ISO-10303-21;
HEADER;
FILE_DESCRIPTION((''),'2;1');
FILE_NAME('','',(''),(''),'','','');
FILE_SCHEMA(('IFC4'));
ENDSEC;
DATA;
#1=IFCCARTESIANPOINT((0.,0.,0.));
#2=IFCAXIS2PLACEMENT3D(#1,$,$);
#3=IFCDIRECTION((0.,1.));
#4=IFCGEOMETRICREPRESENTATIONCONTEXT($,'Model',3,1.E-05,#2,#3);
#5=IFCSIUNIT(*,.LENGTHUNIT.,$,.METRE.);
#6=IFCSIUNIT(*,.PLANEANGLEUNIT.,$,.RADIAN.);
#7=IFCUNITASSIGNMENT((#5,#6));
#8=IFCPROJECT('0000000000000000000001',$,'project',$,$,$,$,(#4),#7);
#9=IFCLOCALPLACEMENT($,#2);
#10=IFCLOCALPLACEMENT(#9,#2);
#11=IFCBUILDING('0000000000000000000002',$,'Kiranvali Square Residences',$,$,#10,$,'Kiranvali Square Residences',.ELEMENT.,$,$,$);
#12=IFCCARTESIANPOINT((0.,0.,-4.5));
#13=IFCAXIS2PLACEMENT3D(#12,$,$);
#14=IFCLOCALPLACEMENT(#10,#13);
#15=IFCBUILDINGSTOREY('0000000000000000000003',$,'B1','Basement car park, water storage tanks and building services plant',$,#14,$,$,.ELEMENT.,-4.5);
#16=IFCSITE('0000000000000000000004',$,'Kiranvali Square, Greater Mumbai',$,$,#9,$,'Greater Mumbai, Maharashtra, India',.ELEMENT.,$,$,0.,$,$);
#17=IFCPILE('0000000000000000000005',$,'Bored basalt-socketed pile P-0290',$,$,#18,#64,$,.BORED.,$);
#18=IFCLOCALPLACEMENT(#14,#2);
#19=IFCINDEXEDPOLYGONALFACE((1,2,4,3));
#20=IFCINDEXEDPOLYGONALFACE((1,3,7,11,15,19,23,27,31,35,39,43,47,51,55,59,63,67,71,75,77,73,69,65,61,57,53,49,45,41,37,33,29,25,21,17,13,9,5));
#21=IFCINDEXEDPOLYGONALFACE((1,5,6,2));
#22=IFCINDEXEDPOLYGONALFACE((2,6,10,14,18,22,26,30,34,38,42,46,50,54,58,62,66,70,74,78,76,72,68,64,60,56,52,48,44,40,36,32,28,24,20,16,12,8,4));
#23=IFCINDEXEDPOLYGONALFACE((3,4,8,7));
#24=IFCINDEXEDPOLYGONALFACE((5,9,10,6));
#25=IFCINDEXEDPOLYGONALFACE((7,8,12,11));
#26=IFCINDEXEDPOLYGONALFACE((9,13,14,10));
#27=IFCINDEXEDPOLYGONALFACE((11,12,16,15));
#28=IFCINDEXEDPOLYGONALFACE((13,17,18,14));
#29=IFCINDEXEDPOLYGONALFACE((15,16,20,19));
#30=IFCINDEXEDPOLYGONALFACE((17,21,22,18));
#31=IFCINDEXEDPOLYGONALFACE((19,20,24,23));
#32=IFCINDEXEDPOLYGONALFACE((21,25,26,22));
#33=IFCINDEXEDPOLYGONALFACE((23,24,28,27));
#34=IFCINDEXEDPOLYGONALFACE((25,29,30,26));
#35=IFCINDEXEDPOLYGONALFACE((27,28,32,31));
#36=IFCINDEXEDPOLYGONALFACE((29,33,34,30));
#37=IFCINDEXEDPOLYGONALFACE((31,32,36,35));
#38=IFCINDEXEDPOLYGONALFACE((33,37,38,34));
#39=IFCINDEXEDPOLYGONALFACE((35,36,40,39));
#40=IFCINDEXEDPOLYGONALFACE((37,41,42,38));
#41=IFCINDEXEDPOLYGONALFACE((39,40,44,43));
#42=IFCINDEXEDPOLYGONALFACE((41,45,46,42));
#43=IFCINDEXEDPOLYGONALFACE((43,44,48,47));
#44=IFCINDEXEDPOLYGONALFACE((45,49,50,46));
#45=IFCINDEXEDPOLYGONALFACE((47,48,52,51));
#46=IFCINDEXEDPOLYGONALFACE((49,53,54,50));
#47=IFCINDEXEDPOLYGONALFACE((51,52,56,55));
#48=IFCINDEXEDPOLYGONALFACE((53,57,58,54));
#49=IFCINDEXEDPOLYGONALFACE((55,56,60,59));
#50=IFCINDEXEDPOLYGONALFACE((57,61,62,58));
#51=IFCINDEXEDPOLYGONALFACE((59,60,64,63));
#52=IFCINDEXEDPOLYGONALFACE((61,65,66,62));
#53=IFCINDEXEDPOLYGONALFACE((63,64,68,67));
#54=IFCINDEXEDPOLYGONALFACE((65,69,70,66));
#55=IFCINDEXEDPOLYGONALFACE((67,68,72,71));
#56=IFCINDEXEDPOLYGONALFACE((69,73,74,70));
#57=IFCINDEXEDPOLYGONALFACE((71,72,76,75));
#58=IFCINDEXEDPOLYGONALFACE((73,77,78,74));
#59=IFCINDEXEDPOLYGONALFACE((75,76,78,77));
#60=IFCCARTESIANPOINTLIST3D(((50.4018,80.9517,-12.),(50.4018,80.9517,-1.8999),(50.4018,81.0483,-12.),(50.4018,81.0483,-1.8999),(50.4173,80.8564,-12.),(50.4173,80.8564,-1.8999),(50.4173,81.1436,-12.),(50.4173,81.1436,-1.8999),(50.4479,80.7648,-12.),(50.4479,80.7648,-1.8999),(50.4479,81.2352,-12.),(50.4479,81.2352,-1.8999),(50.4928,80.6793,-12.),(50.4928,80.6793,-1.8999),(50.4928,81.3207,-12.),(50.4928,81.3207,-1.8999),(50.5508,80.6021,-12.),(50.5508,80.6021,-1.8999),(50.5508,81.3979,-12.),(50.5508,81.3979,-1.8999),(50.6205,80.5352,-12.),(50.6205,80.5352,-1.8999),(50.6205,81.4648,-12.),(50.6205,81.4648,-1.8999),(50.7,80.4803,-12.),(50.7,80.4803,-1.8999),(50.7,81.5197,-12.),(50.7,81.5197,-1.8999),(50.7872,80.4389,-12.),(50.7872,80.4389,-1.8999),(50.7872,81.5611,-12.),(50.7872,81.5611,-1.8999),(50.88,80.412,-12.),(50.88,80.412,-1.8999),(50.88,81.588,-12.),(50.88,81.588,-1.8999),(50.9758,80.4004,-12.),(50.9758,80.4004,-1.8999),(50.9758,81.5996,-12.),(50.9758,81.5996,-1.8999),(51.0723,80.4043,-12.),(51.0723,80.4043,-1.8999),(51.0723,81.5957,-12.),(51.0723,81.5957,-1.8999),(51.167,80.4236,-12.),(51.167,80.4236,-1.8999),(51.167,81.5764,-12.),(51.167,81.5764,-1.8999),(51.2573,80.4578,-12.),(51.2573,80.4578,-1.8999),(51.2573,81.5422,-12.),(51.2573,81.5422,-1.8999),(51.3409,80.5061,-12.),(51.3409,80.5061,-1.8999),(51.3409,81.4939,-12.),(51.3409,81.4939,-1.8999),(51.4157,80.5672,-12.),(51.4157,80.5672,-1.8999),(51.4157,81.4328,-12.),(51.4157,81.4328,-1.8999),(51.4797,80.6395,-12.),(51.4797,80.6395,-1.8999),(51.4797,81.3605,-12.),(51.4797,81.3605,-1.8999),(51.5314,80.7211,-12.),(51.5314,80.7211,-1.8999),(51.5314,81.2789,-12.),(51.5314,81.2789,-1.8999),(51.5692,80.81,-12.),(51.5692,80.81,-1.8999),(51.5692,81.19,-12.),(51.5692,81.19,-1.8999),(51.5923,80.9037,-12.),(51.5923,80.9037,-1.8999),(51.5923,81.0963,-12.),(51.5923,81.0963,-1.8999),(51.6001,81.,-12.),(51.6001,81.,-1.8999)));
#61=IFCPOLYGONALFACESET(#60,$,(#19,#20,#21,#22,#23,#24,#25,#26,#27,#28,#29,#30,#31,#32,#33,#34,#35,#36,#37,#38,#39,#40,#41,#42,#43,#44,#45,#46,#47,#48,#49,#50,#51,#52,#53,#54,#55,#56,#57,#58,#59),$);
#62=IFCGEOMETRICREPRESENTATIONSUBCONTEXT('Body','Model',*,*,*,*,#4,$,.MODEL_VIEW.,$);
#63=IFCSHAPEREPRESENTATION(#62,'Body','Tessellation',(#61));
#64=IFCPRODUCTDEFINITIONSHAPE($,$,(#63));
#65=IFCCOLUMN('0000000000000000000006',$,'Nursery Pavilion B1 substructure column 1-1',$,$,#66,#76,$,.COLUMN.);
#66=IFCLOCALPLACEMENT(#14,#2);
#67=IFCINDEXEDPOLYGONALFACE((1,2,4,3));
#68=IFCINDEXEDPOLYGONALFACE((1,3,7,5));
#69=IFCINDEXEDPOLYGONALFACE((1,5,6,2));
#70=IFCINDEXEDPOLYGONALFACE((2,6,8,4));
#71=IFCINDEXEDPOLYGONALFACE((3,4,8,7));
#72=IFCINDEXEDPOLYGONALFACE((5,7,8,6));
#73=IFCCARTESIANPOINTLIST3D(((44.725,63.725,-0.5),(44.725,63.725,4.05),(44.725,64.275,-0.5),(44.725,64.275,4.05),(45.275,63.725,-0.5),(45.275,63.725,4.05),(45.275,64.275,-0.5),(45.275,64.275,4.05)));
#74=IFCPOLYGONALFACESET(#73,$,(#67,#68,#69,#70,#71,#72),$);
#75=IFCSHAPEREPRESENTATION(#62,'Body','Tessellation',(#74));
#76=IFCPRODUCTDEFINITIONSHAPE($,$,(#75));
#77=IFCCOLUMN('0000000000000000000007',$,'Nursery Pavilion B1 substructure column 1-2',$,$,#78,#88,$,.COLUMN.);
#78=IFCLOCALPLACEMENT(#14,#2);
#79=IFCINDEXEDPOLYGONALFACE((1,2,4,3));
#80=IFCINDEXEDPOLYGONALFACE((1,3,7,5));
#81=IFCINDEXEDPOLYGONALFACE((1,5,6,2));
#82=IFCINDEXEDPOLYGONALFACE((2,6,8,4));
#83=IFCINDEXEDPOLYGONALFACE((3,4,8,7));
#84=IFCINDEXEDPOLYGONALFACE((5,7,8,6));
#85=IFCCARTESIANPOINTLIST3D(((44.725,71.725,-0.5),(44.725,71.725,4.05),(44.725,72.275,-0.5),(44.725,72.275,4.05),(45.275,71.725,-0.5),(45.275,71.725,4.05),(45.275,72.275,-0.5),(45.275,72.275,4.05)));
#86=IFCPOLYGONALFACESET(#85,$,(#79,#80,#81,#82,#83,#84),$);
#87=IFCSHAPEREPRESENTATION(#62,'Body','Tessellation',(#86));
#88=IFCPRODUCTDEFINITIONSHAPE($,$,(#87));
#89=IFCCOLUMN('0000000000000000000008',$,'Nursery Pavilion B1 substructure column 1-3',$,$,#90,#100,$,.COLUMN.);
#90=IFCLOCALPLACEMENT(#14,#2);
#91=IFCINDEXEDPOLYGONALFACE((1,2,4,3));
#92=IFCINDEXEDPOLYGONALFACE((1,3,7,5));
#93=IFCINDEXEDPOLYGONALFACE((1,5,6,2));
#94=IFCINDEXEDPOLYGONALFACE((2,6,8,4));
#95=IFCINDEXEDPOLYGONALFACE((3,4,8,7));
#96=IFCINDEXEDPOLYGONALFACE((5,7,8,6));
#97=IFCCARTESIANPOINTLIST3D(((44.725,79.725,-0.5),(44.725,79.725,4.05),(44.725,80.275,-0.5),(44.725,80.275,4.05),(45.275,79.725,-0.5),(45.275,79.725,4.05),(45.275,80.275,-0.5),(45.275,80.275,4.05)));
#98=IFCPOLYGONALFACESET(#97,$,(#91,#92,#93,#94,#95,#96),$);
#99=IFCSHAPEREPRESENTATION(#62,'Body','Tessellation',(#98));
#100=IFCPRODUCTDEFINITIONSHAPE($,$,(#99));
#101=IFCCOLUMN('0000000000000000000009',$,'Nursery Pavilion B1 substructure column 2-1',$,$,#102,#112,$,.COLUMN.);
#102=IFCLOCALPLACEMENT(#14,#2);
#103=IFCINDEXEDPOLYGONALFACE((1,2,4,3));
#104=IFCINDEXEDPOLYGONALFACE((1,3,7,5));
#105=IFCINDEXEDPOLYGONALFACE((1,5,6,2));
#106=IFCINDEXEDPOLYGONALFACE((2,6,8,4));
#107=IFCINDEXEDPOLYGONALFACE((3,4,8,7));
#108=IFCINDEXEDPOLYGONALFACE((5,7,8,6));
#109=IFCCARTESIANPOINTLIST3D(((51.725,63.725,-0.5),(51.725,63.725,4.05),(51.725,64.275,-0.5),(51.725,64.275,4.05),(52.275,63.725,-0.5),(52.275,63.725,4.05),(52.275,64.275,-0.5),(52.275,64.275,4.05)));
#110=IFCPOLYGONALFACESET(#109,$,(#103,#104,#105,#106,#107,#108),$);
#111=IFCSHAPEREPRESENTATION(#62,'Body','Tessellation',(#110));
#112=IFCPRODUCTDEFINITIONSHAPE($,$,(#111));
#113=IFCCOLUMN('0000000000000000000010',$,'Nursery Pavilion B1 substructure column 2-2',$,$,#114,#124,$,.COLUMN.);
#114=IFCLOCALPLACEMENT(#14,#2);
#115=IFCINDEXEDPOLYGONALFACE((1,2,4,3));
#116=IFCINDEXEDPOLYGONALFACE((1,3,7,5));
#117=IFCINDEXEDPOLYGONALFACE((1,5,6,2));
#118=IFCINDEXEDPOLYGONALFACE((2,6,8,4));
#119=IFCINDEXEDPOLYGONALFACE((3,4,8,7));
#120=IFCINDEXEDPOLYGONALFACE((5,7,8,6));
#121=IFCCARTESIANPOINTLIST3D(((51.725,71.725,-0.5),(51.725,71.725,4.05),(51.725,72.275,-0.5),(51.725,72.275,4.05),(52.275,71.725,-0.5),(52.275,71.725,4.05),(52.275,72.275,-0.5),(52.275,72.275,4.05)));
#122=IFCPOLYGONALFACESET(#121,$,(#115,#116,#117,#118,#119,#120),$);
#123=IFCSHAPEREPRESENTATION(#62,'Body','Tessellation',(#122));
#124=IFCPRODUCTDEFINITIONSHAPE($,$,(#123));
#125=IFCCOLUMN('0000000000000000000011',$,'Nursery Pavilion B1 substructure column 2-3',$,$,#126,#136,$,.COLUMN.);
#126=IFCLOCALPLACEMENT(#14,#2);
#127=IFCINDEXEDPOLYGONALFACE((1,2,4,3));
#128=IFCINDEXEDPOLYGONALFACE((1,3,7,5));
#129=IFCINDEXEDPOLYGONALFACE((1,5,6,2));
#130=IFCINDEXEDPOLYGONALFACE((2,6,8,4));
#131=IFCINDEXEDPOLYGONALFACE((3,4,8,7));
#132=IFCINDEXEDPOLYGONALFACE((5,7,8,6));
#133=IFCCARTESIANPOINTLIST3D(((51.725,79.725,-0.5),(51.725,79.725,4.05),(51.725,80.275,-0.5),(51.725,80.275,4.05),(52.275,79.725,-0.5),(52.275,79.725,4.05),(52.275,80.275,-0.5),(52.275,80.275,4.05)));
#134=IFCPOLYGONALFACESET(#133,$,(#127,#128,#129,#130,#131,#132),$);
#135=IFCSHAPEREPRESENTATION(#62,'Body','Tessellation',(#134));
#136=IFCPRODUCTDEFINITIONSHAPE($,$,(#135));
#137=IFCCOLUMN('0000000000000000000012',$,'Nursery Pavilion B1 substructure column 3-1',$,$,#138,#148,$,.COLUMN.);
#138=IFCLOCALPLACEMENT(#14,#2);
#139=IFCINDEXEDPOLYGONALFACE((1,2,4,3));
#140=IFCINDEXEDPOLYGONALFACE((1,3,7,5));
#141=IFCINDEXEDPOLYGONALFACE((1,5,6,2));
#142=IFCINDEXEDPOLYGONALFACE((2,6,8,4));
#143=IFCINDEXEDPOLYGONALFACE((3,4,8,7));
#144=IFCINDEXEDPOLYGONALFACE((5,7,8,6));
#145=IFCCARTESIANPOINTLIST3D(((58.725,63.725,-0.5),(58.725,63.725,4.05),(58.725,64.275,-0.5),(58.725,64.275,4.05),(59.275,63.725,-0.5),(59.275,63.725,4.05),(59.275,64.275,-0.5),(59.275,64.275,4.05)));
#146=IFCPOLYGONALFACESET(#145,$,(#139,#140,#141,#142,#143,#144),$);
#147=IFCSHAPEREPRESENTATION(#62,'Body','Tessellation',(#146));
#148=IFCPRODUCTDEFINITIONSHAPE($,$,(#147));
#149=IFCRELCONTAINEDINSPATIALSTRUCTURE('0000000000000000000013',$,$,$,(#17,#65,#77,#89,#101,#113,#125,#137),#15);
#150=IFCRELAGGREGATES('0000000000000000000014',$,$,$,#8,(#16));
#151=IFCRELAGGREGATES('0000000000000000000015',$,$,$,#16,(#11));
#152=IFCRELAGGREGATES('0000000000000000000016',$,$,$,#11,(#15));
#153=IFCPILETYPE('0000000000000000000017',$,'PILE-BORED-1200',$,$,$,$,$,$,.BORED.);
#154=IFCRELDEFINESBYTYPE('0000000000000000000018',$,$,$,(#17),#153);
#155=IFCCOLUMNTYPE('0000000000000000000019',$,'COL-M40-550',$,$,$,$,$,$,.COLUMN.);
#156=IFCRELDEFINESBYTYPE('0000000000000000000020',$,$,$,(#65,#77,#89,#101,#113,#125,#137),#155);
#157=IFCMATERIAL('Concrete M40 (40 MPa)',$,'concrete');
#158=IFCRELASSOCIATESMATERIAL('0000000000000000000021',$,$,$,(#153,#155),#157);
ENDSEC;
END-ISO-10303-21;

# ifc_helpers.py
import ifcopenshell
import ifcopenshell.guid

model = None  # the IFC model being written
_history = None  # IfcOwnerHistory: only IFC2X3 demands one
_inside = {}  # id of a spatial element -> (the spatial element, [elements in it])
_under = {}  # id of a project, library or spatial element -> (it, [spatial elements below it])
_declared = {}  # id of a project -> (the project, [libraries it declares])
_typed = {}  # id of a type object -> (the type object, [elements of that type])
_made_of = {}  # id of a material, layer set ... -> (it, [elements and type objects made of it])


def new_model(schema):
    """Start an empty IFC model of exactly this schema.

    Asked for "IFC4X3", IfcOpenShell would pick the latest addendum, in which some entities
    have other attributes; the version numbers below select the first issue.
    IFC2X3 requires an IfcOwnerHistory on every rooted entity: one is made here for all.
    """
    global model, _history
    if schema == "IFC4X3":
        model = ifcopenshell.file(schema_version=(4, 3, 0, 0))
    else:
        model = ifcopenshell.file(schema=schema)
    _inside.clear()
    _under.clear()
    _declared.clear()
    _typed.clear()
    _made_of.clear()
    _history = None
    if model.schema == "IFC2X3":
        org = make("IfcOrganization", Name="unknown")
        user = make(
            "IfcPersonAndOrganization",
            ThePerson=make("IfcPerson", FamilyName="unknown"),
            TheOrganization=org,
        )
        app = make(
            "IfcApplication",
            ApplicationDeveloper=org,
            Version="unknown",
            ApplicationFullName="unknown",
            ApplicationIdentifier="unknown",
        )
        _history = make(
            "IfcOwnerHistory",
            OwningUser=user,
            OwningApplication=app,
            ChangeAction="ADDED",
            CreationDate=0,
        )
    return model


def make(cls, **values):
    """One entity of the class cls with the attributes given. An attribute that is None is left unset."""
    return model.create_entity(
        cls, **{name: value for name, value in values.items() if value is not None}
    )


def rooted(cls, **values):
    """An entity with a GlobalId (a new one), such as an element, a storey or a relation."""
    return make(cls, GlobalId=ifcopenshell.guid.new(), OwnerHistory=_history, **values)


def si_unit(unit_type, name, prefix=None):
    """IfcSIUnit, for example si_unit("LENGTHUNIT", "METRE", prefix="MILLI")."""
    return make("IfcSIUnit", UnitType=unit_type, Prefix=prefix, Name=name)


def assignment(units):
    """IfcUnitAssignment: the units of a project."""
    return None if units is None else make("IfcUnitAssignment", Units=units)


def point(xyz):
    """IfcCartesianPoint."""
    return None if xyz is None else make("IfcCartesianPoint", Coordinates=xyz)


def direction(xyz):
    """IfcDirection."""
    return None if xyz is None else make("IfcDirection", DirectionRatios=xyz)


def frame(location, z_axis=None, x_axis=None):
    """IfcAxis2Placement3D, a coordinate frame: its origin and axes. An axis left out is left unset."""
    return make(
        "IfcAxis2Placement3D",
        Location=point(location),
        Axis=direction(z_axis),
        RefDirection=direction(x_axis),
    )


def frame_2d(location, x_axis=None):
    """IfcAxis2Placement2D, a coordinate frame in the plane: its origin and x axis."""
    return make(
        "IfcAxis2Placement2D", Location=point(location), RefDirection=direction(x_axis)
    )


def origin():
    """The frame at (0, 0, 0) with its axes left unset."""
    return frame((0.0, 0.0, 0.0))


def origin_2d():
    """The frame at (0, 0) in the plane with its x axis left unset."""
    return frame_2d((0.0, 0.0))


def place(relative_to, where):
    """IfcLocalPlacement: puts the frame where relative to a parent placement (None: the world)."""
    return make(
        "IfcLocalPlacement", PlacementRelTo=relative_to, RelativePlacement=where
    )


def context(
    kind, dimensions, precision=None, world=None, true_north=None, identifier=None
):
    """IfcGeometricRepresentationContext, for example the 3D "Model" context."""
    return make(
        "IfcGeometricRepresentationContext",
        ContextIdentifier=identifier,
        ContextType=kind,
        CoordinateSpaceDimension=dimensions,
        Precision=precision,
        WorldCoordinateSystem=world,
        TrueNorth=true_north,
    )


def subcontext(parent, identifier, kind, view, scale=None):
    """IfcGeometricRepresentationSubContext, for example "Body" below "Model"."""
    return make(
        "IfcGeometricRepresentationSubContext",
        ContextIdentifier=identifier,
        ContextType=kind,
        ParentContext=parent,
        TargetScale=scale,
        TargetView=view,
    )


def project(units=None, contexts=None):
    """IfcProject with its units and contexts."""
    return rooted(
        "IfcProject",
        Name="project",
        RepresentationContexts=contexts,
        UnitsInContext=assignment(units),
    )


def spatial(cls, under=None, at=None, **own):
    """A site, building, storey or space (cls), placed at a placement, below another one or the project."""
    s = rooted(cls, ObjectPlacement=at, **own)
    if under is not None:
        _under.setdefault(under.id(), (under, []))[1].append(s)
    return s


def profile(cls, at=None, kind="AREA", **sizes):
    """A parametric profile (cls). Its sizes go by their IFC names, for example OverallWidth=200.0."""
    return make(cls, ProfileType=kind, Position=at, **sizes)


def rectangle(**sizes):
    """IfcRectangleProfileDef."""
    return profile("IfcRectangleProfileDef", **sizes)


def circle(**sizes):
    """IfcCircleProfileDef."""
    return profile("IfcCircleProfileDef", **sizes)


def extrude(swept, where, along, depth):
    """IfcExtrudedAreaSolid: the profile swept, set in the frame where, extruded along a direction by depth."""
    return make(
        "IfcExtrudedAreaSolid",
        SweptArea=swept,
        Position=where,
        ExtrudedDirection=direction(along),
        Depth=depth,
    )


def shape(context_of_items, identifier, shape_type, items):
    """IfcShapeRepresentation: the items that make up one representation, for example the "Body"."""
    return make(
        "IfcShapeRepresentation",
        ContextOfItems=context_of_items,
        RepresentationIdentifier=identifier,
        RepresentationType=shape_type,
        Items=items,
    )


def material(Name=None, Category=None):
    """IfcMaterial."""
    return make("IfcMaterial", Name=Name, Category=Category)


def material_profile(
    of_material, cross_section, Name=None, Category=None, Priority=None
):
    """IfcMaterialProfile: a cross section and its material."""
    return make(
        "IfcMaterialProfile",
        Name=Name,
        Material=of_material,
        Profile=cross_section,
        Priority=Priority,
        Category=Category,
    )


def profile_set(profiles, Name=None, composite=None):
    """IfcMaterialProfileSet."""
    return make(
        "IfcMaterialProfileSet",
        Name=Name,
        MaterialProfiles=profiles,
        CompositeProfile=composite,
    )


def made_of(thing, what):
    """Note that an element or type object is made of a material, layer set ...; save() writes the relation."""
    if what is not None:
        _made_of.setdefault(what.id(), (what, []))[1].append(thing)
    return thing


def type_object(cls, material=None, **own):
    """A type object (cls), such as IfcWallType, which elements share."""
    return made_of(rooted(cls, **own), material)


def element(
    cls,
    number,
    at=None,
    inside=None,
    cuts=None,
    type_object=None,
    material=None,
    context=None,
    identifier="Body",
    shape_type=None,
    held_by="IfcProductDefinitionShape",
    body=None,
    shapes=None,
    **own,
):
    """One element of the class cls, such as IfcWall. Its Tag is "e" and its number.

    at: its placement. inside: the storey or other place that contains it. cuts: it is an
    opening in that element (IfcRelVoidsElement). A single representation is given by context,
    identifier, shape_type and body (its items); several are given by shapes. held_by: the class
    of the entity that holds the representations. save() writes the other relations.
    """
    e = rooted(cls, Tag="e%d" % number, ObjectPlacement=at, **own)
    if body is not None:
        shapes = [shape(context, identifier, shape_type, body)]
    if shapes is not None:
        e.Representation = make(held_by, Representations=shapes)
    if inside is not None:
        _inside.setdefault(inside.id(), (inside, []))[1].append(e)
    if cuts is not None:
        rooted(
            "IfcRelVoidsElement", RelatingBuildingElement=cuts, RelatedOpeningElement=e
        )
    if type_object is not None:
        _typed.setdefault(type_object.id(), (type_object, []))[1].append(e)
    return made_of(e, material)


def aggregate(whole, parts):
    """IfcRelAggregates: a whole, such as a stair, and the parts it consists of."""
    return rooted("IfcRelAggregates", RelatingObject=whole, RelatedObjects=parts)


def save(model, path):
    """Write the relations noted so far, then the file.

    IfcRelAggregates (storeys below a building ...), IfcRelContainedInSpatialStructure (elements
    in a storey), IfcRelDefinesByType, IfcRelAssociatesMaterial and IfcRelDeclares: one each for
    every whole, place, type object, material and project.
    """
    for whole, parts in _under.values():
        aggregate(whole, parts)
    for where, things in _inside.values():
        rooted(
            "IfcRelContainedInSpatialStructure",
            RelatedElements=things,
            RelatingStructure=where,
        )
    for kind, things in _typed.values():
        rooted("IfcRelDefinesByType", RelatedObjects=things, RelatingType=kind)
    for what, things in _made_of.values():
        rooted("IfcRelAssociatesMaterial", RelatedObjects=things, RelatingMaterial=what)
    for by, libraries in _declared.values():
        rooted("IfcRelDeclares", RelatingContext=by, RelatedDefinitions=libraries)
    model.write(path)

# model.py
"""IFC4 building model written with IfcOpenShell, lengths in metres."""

from ifc_helpers import new_model, si_unit, direction, frame, origin, origin_2d, place, context, subcontext, project, spatial, rectangle, circle, extrude, material, material_profile, profile_set, type_object, element, save


model = new_model("IFC4")

# Units and contexts
model_context = context("Model", 3, precision=1e-05, world=origin(), true_north=direction((0.0, 1.0)))
body_context = subcontext(model_context, "Body", "Model", "MODEL_VIEW")
ifc_project = project(units=[si_unit("LENGTHUNIT", "METRE"), si_unit("PLANEANGLEUNIT", "RADIAN")], contexts=[model_context])

# Site, building, storey
site_placement = place(None, origin())
site = spatial("IfcSite", under=ifc_project, at=site_placement, Name="Kiranvali Square, Greater Mumbai", LongName="Greater Mumbai, Maharashtra, India", CompositionType="ELEMENT", RefElevation=0.0)
building_placement = place(site_placement, origin())
building = spatial("IfcBuilding", under=site, at=building_placement, Name="Kiranvali Square Residences", LongName="Kiranvali Square Residences", CompositionType="ELEMENT")
storey_placement = place(building_placement, frame((0.0, 0.0, -4.5)))
storey = spatial("IfcBuildingStorey", under=building, at=storey_placement, Name="B1", Description="Basement car park, water storage tanks and building services plant", CompositionType="ELEMENT", Elevation=-4.5)

# Shared definitions
ifc_material = material(Name="Concrete M40 (40 MPa)", Category="concrete")

# Pile
ifc_material_profile_1 = material_profile(ifc_material, circle(Radius=0.6001, at=origin_2d()), Name="BORED PILE 1200")
ifc_profile_set_1 = profile_set([ifc_material_profile_1], Name="Concrete M40 (40 MPa)")
pile_type = type_object("IfcPileType", Name="PILE-BORED-1200", PredefinedType="BORED", material=ifc_profile_set_1)
pile_placement = place(storey_placement, frame((51.0, 81.0, -1.8999), z_axis=(0.0, 0.0, -1.0), x_axis=(1.0, 0.0, 0.0)))
element("IfcPile", 1, at=pile_placement, inside=storey, type_object=pile_type, Name="Bored basalt-socketed pile P-0290", PredefinedType="BORED", context=body_context, shape_type="SweptSolid", body=[
    extrude(circle(Radius=0.6001, at=origin_2d()), origin(), (0.0, 0.0, 1.0), 10.1001),
])

# Columns
ifc_material_profile_2 = material_profile(ifc_material, rectangle(XDim=0.55, YDim=0.55, at=origin_2d()), Name="RC 550x550")
ifc_profile_set_2 = profile_set([ifc_material_profile_2], Name="Concrete M40 (40 MPa)")
column_type = type_object("IfcColumnType", Name="COL-M40-550", PredefinedType="COLUMN", material=ifc_profile_set_2)
for number, where, z_axis, x_axis, name in (
    (2, (45.0, 64.0, -0.5), (0.0, 0.0, 1.0), (1.0, 0.0, 0.0), "Nursery Pavilion B1 substructure column 1-1"),
    (3, (45.0, 72.0, -0.5), (0.0, 0.0, 1.0), (1.0, 0.0, 0.0), "Nursery Pavilion B1 substructure column 1-2"),
    (4, (45.0, 80.0, -0.5), (0.0, 0.0, 1.0), (1.0, 0.0, 0.0), "Nursery Pavilion B1 substructure column 1-3"),
    (5, (52.0, 64.0, -0.5), (0.0, 0.0, 1.0), (1.0, 0.0, 0.0), "Nursery Pavilion B1 substructure column 2-1"),
    (6, (52.0, 72.0, -0.5), (0.0, 0.0, 1.0), (1.0, 0.0, 0.0), "Nursery Pavilion B1 substructure column 2-2"),
    (7, (52.0, 80.0, -0.5), (0.0, 0.0, 1.0), (1.0, 0.0, 0.0), "Nursery Pavilion B1 substructure column 2-3"),
    (8, (59.0, 64.0, -0.5), (0.0, 0.0, 1.0), (1.0, 0.0, 0.0), "Nursery Pavilion B1 substructure column 3-1"),
):
    element("IfcColumn", number, at=place(storey_placement, frame(where, z_axis=z_axis, x_axis=x_axis)), inside=storey, type_object=column_type, Name=name, PredefinedType="COLUMN", context=body_context, shape_type="SweptSolid", body=[
        extrude(rectangle(XDim=0.55, YDim=0.55, at=origin_2d()), origin(), (0.0, 0.0, 1.0), 4.55),
    ])

save(model, "model.ifc")
